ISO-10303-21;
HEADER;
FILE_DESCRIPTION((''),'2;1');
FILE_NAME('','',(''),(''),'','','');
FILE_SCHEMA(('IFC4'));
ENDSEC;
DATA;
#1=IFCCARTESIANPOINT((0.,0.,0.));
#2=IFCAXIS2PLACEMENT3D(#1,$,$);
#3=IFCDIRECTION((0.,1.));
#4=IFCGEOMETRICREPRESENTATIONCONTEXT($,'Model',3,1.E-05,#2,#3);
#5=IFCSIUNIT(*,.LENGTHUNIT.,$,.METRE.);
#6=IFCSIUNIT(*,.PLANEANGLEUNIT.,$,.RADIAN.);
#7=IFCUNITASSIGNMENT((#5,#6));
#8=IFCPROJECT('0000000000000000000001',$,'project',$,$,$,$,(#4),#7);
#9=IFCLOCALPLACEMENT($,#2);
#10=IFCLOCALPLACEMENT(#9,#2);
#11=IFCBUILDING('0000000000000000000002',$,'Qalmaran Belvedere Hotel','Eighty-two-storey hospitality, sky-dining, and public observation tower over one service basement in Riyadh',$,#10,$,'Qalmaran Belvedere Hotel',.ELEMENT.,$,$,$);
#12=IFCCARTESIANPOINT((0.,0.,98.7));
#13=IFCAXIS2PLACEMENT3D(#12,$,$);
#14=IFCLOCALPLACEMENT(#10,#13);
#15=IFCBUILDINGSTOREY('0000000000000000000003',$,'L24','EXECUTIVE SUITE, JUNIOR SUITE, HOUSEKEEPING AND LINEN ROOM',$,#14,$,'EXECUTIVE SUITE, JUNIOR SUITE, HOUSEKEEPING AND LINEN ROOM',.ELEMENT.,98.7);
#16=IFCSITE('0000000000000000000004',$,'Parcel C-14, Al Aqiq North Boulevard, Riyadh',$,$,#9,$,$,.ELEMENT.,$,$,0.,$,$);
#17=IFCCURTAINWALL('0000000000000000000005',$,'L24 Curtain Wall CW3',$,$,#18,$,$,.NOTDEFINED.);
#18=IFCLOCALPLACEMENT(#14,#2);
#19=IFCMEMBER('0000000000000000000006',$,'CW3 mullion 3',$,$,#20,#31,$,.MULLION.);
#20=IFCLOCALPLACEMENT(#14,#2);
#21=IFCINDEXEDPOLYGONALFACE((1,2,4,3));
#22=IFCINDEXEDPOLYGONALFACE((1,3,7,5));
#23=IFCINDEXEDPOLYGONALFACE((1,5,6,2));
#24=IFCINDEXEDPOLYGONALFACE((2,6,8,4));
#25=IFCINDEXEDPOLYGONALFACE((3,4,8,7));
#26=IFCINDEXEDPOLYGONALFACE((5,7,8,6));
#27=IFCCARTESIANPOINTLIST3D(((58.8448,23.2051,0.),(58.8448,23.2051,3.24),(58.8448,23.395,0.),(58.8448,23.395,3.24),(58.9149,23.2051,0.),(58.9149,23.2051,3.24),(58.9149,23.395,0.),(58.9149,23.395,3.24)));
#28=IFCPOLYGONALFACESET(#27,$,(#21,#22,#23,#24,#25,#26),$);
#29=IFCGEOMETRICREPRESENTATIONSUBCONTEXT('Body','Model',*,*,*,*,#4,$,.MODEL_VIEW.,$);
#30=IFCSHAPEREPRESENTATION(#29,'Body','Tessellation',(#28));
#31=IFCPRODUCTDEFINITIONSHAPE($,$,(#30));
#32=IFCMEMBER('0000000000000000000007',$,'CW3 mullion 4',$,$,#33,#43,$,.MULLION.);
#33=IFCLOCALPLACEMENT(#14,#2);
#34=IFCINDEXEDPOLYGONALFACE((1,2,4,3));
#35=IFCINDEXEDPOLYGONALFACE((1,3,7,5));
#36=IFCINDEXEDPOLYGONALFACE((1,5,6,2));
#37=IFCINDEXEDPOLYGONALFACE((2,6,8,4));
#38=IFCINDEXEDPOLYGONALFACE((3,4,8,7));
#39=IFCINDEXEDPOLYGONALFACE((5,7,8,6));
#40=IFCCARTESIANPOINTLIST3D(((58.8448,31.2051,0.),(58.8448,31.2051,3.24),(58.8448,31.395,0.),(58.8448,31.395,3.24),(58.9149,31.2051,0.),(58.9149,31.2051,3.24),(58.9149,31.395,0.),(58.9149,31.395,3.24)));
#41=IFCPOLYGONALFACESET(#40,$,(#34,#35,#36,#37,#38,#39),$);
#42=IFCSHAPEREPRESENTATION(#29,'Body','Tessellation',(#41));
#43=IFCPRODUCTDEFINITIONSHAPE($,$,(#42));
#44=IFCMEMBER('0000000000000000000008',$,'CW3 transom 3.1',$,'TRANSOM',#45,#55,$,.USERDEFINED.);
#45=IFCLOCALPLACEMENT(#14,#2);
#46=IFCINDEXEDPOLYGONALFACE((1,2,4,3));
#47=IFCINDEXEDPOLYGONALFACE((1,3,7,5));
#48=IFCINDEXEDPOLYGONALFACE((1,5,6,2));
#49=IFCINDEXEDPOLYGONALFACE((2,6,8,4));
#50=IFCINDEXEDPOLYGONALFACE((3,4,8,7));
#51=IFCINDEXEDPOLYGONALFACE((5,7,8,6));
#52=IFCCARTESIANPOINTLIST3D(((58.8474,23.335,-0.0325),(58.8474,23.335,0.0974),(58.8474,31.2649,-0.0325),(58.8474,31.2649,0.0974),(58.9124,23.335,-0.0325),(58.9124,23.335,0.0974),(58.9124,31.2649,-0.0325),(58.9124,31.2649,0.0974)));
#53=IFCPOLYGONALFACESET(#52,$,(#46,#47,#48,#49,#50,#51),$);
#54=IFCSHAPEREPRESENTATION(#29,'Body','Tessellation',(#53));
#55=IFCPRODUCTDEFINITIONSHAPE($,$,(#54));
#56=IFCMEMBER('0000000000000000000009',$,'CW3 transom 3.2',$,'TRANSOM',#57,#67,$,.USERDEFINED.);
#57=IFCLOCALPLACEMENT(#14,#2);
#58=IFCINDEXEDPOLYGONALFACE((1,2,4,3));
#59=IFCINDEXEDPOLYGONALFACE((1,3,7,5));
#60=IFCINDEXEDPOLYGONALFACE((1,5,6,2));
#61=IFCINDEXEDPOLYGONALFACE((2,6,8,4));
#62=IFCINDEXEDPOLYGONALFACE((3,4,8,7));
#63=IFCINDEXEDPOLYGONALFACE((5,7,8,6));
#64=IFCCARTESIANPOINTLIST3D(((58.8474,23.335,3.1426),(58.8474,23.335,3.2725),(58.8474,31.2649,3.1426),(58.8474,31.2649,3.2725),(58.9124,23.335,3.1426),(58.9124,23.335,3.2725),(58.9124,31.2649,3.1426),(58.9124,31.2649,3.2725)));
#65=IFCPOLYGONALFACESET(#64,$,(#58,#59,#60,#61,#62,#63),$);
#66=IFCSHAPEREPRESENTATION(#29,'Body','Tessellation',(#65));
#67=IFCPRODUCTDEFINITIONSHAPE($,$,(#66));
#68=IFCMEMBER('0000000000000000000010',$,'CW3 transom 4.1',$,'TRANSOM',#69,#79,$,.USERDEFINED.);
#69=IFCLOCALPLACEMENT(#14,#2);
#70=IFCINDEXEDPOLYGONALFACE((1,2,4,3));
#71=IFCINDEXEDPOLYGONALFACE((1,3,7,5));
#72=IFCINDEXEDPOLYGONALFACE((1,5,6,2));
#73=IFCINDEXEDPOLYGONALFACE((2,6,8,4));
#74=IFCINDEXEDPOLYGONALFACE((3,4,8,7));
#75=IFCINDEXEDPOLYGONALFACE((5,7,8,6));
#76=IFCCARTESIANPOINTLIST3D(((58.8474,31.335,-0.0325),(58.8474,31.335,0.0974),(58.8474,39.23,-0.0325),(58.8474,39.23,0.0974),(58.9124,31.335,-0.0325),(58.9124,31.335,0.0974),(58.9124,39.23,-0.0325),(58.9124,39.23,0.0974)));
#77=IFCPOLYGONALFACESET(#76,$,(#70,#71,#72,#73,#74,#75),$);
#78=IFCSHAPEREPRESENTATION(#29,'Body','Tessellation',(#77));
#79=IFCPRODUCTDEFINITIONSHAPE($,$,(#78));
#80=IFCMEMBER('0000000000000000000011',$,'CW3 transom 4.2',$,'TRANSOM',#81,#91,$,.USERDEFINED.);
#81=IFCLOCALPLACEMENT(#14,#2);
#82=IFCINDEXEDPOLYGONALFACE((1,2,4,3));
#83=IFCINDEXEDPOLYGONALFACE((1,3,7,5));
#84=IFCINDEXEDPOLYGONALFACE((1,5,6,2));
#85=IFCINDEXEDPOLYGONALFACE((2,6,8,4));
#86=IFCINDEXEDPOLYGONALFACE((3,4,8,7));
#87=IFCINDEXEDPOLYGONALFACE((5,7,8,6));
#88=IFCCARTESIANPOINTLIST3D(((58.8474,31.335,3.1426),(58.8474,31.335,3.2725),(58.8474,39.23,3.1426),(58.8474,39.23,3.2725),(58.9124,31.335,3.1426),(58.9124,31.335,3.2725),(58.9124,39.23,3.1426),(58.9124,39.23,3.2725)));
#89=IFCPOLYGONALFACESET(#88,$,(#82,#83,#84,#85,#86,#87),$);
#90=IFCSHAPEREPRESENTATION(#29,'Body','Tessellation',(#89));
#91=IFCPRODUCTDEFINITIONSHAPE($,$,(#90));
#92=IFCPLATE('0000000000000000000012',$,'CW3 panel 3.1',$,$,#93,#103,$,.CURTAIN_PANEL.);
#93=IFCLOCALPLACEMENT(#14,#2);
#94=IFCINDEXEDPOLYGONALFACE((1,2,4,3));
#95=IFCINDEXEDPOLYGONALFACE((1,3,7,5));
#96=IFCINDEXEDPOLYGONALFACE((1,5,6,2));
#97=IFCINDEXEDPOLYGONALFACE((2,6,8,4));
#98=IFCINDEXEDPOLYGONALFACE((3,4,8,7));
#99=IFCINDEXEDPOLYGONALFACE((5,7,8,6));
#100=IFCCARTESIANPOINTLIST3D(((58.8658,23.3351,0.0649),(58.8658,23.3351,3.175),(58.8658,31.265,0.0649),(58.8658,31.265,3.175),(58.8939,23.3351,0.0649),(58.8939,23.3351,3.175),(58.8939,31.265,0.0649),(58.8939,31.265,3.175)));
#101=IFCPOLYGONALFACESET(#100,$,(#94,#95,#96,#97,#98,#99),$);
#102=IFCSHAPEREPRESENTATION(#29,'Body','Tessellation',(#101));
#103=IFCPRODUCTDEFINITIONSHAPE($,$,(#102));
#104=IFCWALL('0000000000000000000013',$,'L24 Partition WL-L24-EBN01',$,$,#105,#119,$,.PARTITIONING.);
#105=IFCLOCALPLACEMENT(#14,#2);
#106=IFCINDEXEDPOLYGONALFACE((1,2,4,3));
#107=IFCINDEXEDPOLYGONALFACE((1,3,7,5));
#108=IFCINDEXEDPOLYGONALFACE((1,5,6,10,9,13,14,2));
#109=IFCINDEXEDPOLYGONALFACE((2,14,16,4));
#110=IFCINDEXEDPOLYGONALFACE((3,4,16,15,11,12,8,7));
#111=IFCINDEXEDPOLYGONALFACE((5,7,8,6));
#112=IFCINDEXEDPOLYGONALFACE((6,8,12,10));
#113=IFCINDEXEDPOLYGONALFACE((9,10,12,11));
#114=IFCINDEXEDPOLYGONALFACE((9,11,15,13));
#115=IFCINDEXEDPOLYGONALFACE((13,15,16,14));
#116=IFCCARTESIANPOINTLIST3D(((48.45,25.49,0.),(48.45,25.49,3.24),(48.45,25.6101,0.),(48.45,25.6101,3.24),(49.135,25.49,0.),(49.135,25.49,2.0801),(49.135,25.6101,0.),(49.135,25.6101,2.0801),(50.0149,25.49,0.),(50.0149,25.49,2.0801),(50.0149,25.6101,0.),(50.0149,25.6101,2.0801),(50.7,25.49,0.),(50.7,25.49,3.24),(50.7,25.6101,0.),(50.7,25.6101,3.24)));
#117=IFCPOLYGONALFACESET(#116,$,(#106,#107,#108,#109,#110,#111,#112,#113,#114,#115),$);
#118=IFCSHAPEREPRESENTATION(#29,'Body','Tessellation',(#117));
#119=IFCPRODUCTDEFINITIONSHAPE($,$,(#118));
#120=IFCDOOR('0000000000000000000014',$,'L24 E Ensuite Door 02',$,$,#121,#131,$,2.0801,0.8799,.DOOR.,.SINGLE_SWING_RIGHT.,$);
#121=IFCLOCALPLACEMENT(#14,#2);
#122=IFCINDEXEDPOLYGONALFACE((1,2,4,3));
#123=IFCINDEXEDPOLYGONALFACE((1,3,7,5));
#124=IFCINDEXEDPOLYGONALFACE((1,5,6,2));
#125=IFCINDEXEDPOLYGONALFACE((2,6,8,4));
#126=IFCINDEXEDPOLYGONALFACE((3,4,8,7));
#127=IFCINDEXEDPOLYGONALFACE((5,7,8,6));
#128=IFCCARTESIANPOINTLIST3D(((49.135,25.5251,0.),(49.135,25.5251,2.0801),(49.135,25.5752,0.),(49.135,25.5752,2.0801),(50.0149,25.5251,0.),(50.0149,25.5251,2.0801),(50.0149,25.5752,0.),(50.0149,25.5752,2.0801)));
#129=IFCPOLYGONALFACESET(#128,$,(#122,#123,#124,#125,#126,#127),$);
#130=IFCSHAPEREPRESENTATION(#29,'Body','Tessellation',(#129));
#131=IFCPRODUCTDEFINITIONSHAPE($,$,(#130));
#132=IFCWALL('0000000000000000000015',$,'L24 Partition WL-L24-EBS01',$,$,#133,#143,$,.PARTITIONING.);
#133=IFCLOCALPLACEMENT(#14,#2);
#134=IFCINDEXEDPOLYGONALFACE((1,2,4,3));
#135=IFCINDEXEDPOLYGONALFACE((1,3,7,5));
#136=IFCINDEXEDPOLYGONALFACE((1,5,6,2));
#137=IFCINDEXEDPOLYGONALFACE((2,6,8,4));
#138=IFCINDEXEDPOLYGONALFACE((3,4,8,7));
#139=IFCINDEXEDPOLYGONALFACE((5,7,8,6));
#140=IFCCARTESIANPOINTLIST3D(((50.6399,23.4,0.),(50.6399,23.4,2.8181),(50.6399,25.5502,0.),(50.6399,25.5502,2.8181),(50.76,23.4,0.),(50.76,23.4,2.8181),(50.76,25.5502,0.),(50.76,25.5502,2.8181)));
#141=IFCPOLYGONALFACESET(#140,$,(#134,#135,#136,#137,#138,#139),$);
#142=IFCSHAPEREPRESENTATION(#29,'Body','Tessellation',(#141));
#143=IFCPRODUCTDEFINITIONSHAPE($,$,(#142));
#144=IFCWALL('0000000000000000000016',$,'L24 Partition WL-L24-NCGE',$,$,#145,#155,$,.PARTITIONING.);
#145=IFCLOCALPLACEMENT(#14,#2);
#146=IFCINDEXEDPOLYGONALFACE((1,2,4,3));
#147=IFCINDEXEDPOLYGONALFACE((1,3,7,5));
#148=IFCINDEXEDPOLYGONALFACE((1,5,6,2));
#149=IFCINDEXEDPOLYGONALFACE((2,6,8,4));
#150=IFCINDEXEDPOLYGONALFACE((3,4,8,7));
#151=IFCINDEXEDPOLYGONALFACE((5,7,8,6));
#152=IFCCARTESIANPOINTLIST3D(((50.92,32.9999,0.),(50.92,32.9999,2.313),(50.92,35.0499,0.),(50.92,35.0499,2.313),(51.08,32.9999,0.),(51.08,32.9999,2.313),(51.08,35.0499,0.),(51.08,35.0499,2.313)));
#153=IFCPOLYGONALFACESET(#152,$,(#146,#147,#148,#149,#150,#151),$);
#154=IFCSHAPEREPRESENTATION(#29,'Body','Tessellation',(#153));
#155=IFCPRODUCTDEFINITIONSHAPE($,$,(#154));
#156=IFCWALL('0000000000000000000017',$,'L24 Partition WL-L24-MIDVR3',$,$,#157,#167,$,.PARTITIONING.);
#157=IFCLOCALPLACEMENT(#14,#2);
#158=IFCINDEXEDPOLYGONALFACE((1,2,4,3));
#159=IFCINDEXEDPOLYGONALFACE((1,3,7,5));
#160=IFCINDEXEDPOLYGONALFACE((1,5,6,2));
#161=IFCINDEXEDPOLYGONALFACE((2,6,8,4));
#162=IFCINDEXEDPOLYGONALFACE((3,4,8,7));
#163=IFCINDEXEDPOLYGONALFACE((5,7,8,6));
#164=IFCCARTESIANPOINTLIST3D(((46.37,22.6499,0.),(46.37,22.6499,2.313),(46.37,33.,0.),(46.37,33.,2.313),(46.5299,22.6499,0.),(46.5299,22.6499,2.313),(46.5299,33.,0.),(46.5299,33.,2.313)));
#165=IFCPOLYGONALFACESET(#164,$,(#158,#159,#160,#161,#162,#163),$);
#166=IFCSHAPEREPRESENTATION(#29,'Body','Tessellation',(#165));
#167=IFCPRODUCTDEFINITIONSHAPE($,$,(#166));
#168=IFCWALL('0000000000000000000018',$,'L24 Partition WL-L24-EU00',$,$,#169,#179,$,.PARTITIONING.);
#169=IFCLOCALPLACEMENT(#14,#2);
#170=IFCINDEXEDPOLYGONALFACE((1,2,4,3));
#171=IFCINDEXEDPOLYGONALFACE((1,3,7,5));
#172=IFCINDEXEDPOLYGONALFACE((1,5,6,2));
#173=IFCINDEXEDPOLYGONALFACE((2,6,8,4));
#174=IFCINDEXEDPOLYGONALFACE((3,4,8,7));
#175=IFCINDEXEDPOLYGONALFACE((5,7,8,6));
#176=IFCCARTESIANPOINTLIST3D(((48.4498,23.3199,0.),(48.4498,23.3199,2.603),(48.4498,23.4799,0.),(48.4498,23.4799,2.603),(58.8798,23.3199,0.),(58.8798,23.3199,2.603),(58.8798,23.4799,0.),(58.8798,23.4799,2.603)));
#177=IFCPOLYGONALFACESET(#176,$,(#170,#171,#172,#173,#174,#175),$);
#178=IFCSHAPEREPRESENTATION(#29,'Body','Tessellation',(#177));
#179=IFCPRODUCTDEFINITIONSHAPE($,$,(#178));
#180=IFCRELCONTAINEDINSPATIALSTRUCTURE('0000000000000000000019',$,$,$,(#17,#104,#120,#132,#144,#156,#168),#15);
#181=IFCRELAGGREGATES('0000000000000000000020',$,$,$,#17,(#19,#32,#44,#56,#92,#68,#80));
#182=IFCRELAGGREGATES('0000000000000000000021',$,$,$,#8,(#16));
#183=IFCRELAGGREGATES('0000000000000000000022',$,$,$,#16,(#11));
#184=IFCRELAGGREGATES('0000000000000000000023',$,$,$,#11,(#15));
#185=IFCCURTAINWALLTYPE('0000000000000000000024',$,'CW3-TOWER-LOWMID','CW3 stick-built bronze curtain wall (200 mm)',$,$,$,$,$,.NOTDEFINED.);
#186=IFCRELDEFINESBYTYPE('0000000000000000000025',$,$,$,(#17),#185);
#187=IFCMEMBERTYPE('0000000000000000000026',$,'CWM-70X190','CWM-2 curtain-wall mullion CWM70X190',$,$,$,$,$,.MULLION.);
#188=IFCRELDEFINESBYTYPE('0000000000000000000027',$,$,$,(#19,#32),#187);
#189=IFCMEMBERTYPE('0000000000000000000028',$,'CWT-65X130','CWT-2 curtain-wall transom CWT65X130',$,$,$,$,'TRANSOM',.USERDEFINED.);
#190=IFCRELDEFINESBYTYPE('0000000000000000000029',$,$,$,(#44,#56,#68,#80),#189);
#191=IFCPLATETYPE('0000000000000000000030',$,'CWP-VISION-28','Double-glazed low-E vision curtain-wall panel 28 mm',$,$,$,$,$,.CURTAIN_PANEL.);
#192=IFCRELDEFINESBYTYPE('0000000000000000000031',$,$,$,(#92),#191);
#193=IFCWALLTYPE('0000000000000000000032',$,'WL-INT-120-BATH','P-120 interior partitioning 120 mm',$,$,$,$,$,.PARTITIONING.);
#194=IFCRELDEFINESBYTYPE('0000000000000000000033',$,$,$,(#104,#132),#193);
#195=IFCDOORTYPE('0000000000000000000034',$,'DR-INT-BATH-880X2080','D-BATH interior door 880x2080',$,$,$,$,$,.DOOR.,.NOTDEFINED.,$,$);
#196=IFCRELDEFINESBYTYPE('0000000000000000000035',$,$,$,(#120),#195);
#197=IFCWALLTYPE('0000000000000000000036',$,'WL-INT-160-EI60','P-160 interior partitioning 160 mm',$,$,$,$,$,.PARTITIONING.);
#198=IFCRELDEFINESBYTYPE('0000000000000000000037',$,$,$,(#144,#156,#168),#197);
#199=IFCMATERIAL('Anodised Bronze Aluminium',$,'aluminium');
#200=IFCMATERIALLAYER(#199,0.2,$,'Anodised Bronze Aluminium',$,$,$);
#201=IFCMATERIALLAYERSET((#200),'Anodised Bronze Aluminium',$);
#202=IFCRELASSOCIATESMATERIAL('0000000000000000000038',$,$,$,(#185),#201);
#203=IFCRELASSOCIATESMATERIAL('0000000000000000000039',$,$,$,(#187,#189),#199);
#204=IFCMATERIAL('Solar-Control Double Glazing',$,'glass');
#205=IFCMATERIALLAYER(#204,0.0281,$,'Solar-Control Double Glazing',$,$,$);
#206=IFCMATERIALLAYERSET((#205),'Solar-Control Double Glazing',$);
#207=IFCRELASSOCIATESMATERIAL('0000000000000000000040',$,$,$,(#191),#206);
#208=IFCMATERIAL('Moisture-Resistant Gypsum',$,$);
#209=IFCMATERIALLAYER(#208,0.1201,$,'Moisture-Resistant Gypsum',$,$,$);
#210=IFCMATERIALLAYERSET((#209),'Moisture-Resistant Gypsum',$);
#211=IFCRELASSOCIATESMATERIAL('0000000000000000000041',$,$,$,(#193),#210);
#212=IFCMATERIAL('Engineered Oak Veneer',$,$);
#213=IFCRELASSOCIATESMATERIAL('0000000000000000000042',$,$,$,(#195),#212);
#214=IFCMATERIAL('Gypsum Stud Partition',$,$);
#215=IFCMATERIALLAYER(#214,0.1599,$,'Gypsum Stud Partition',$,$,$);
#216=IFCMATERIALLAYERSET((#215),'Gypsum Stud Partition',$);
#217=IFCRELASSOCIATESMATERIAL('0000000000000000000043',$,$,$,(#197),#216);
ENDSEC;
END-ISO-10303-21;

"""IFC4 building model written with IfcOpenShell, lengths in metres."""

from ifc_helpers import new_model, si_unit, direction, frame, frame_2d, origin, origin_2d, place, context, subcontext, project, spatial, rectangle, extrude, material, layer, layer_set, material_profile, profile_set, type_object, element, fill, aggregate, save


model = new_model("IFC4")

# Units and contexts
model_context = context("Model", 3, precision=1e-05, world=origin(), true_north=direction((0.0, 1.0)))
body_context = subcontext(model_context, "Body", "Model", "MODEL_VIEW")
ifc_project = project(units=[si_unit("LENGTHUNIT", "METRE"), si_unit("PLANEANGLEUNIT", "RADIAN")], contexts=[model_context])

# Site, building, storey
site_placement = place(None, origin())
site = spatial("IfcSite", under=ifc_project, at=site_placement, Name="Parcel C-14, Al Aqiq North Boulevard, Riyadh", CompositionType="ELEMENT", RefElevation=0.0)
building_placement = place(site_placement, origin())
building = spatial("IfcBuilding", under=site, at=building_placement, Name="Qalmaran Belvedere Hotel", Description="Eighty-two-storey hospitality, sky-dining, and public observation tower over one service basement in Riyadh", LongName="Qalmaran Belvedere Hotel", CompositionType="ELEMENT")
storey_placement = place(building_placement, frame((0.0, 0.0, 98.7)))
storey = spatial("IfcBuildingStorey", under=building, at=storey_placement, Name="L24", Description="EXECUTIVE SUITE, JUNIOR SUITE, HOUSEKEEPING AND LINEN ROOM", LongName="EXECUTIVE SUITE, JUNIOR SUITE, HOUSEKEEPING AND LINEN ROOM", CompositionType="ELEMENT", Elevation=98.7)

# Curtain wall, members, plate
ifc_material_1 = material(Name="Anodised Bronze Aluminium", Category="aluminium")
ifc_layer_1 = layer(ifc_material_1, 0.2, Name="Anodised Bronze Aluminium")
ifc_layer_set_1 = layer_set([ifc_layer_1], Name="Anodised Bronze Aluminium")
curtain_wall_type = type_object("IfcCurtainWallType", Name="CW3-TOWER-LOWMID", Description="CW3 stick-built bronze curtain wall (200 mm)", PredefinedType="NOTDEFINED", material=ifc_layer_set_1)
curtain_wall_placement = place(storey_placement, origin())
curtain_wall = element("IfcCurtainWall", 1, at=curtain_wall_placement, inside=storey, type_object=curtain_wall_type, Name="L24 Curtain Wall CW3", PredefinedType="NOTDEFINED")
ifc_material_profile_1 = material_profile(ifc_material_1, rectangle(XDim=0.0701, YDim=0.1899, at=origin_2d()), Name="CWM70X190")
ifc_profile_set_1 = profile_set([ifc_material_profile_1], Name="Anodised Bronze Aluminium")
member_type_1 = type_object("IfcMemberType", Name="CWM-70X190", Description="CWM-2 curtain-wall mullion CWM70X190", PredefinedType="MULLION", material=ifc_profile_set_1)
member_1_placement = place(storey_placement, frame((58.8799, 23.3, 0.0), z_axis=(0.0, 0.0, 1.0), x_axis=(-1.0, 0.0, 0.0)))
member_1 = element("IfcMember", 2, at=member_1_placement, type_object=member_type_1, Name="CW3 mullion 3", PredefinedType="MULLION", context=body_context, shape_type="SweptSolid", body=[
    extrude(rectangle(XDim=0.0701, YDim=0.1899, at=origin_2d()), origin(), (0.0, 0.0, 1.0), 3.24),
])
member_2_placement = place(storey_placement, frame((58.8799, 31.3, 0.0), z_axis=(0.0, 0.0, 1.0), x_axis=(-1.0, 0.0, 0.0)))
member_2 = element("IfcMember", 3, at=member_2_placement, type_object=member_type_1, Name="CW3 mullion 4", PredefinedType="MULLION", context=body_context, shape_type="SweptSolid", body=[
    extrude(rectangle(XDim=0.0701, YDim=0.1899, at=origin_2d()), origin(), (0.0, 0.0, 1.0), 3.24),
])
ifc_material_profile_2 = material_profile(ifc_material_1, rectangle(XDim=0.0649, YDim=0.1299, at=origin_2d()), Name="CWT65X130")
ifc_profile_set_2 = profile_set([ifc_material_profile_2], Name="Anodised Bronze Aluminium")
member_type_2 = type_object("IfcMemberType", Name="CWT-65X130", Description="CWT-2 curtain-wall transom CWT65X130", ElementType="TRANSOM", PredefinedType="USERDEFINED", material=ifc_profile_set_2)
member_3_placement = place(storey_placement, frame((58.8799, 23.335, 0.0325), z_axis=(0.0, 1.0, 0.0), x_axis=(-1.0, 0.0, 0.0)))
member_3 = element("IfcMember", 4, at=member_3_placement, type_object=member_type_2, Name="CW3 transom 3.1", ObjectType="TRANSOM", PredefinedType="USERDEFINED", context=body_context, shape_type="SweptSolid", body=[
    extrude(rectangle(XDim=0.0649, YDim=0.1299, at=origin_2d()), origin(), (0.0, 0.0, 1.0), 7.9299),
])
member_4_placement = place(storey_placement, frame((58.8799, 23.335, 3.2075), z_axis=(0.0, 1.0, 0.0), x_axis=(-1.0, 0.0, 0.0)))
member_4 = element("IfcMember", 5, at=member_4_placement, type_object=member_type_2, Name="CW3 transom 3.2", ObjectType="TRANSOM", PredefinedType="USERDEFINED", context=body_context, shape_type="SweptSolid", body=[
    extrude(rectangle(XDim=0.0649, YDim=0.1299, at=origin_2d()), origin(), (0.0, 0.0, 1.0), 7.9299),
])
member_5_placement = place(storey_placement, frame((58.8799, 31.335, 0.0325), z_axis=(0.0, 1.0, 0.0), x_axis=(-1.0, 0.0, 0.0)))
member_5 = element("IfcMember", 6, at=member_5_placement, type_object=member_type_2, Name="CW3 transom 4.1", ObjectType="TRANSOM", PredefinedType="USERDEFINED", context=body_context, shape_type="SweptSolid", body=[
    extrude(rectangle(XDim=0.0649, YDim=0.1299, at=origin_2d()), origin(), (0.0, 0.0, 1.0), 7.895),
])
member_6_placement = place(storey_placement, frame((58.8799, 31.335, 3.2075), z_axis=(0.0, 1.0, 0.0), x_axis=(-1.0, 0.0, 0.0)))
member_6 = element("IfcMember", 7, at=member_6_placement, type_object=member_type_2, Name="CW3 transom 4.2", ObjectType="TRANSOM", PredefinedType="USERDEFINED", context=body_context, shape_type="SweptSolid", body=[
    extrude(rectangle(XDim=0.0649, YDim=0.1299, at=origin_2d()), origin(), (0.0, 0.0, 1.0), 7.895),
])
ifc_material_2 = material(Name="Solar-Control Double Glazing", Category="glass")
ifc_layer_2 = layer(ifc_material_2, 0.0281, Name="Solar-Control Double Glazing")
ifc_layer_set_2 = layer_set([ifc_layer_2], Name="Solar-Control Double Glazing")
plate_type = type_object("IfcPlateType", Name="CWP-VISION-28", Description="Double-glazed low-E vision curtain-wall panel 28 mm", PredefinedType="CURTAIN_PANEL", material=ifc_layer_set_2)
plate_placement = place(storey_placement, frame((58.8799, 27.3, 0.0649), z_axis=(0.0, 0.0, 1.0), x_axis=(0.0, 1.0, 0.0)))
plate = element("IfcPlate", 8, at=plate_placement, type_object=plate_type, Name="CW3 panel 3.1", PredefinedType="CURTAIN_PANEL", context=body_context, shape_type="SweptSolid", body=[
    extrude(rectangle(XDim=7.9299, YDim=0.0281, at=origin_2d()), origin(), (0.0, 0.0, 1.0), 3.1101),
])
aggregate(curtain_wall, [member_1, member_2, member_3, member_4, plate, member_5, member_6])

# Wall, opening, door
ifc_material_3 = material(Name="Moisture-Resistant Gypsum")
ifc_layer_3 = layer(ifc_material_3, 0.1201, Name="Moisture-Resistant Gypsum")
ifc_layer_set_3 = layer_set([ifc_layer_3], Name="Moisture-Resistant Gypsum")
wall_type_1 = type_object("IfcWallType", Name="WL-INT-120-BATH", Description="P-120 interior partitioning 120 mm", PredefinedType="PARTITIONING", material=ifc_layer_set_3)
wall_1_placement = place(storey_placement, frame((48.45, 25.55, 0.0), z_axis=(0.0, 0.0, 1.0), x_axis=(1.0, 0.0, 0.0)))
wall_1 = element("IfcWall", 9, at=wall_1_placement, inside=storey, type_object=wall_type_1, Name="L24 Partition WL-L24-EBN01", PredefinedType="PARTITIONING", context=body_context, shape_type="SweptSolid", body=[
    extrude(rectangle(XDim=2.25, YDim=0.1201, at=frame_2d((1.125, 0.0))), origin(), (0.0, 0.0, 1.0), 3.24),
])
opening_1_placement = place(wall_1_placement, frame((1.5649, 0.0, 0.0), z_axis=(0.0, 0.0, 1.0), x_axis=(-1.0, 0.0, 0.0)))
opening_1 = element("IfcOpeningElement", 10, at=opening_1_placement, cuts=wall_1, PredefinedType="OPENING", context=body_context, shape_type="SweptSolid", body=[
    extrude(rectangle(XDim=0.8799, YDim=2.0801, at=frame_2d((0.4399, 1.04))), frame((0.0, 0.0701, 0.0), z_axis=(0.0, -1.0, 0.0), x_axis=(1.0, 0.0, 0.0)), (0.0, 0.0, 1.0), 0.1401),
])
ifc_material_4 = material(Name="Engineered Oak Veneer")
door_type_1 = type_object("IfcDoorType", Name="DR-INT-BATH-880X2080", Description="D-BATH interior door 880x2080", OperationType="NOTDEFINED", PredefinedType="DOOR", material=ifc_material_4)
door_1_placement = place(opening_1_placement, origin())
door_1 = element("IfcDoor", 11, at=door_1_placement, inside=storey, type_object=door_type_1, Name="L24 E Ensuite Door 02", OperationType="SINGLE_SWING_RIGHT", OverallHeight=2.0801, OverallWidth=0.8799, PredefinedType="DOOR", context=body_context, shape_type="SweptSolid", body=[
    extrude(rectangle(XDim=0.8799, YDim=2.0801, at=frame_2d((0.4399, 1.04))), frame((0.0, 0.0249, 0.0), z_axis=(0.0, -1.0, 0.0), x_axis=(1.0, 0.0, 0.0)), (0.0, 0.0, 1.0), 0.05),
])
fill(opening_1, door_1)

# Wall
wall_2_placement = place(storey_placement, frame((50.7, 23.3999, 0.0), z_axis=(0.0, 0.0, 1.0), x_axis=(0.0, 1.0, 0.0)))
element("IfcWall", 12, at=wall_2_placement, inside=storey, type_object=wall_type_1, Name="L24 Partition WL-L24-EBS01", PredefinedType="PARTITIONING", context=body_context, shape_type="SweptSolid", body=[
    extrude(rectangle(XDim=2.1501, YDim=0.1201, at=frame_2d((1.0752, 0.0))), origin(), (0.0, 0.0, 1.0), 2.8181),
])

# Shared definitions
ifc_material_5 = material(Name="Gypsum Stud Partition")

# Walls
ifc_layer_4 = layer(ifc_material_5, 0.1599, Name="Gypsum Stud Partition")
ifc_layer_set_4 = layer_set([ifc_layer_4], Name="Gypsum Stud Partition")
wall_type_2 = type_object("IfcWallType", Name="WL-INT-160-EI60", Description="P-160 interior partitioning 160 mm", PredefinedType="PARTITIONING", material=ifc_layer_set_4)
wall_3_placement = place(storey_placement, frame((51.0, 33.0, 0.0), z_axis=(0.0, 0.0, 1.0), x_axis=(0.0, 1.0, 0.0)))
element("IfcWall", 13, at=wall_3_placement, inside=storey, type_object=wall_type_2, Name="L24 Partition WL-L24-NCGE", PredefinedType="PARTITIONING", context=body_context, shape_type="SweptSolid", body=[
    extrude(rectangle(XDim=2.05, YDim=0.1599, at=frame_2d((1.0249, 0.0))), origin(), (0.0, 0.0, 1.0), 2.313),
])
wall_4_placement = place(storey_placement, frame((46.45, 22.6499, 0.0), z_axis=(0.0, 0.0, 1.0), x_axis=(0.0, 1.0, 0.0)))
element("IfcWall", 14, at=wall_4_placement, inside=storey, type_object=wall_type_2, Name="L24 Partition WL-L24-MIDVR3", PredefinedType="PARTITIONING", context=body_context, shape_type="SweptSolid", body=[
    extrude(rectangle(XDim=10.3501, YDim=0.1599, at=frame_2d((5.175, 0.0))), origin(), (0.0, 0.0, 1.0), 2.313),
])
wall_5_placement = place(storey_placement, frame((48.45, 23.3999, 0.0), z_axis=(0.0, 0.0, 1.0), x_axis=(1.0, 0.0, 0.0)))
element("IfcWall", 15, at=wall_5_placement, inside=storey, type_object=wall_type_2, Name="L24 Partition WL-L24-EU00", PredefinedType="PARTITIONING", context=body_context, shape_type="SweptSolid", body=[
    extrude(rectangle(XDim=10.4299, YDim=0.1599, at=frame_2d((5.2148, 0.0))), origin(), (0.0, 0.0, 1.0), 2.603),
])

save(model, "model.ifc")
